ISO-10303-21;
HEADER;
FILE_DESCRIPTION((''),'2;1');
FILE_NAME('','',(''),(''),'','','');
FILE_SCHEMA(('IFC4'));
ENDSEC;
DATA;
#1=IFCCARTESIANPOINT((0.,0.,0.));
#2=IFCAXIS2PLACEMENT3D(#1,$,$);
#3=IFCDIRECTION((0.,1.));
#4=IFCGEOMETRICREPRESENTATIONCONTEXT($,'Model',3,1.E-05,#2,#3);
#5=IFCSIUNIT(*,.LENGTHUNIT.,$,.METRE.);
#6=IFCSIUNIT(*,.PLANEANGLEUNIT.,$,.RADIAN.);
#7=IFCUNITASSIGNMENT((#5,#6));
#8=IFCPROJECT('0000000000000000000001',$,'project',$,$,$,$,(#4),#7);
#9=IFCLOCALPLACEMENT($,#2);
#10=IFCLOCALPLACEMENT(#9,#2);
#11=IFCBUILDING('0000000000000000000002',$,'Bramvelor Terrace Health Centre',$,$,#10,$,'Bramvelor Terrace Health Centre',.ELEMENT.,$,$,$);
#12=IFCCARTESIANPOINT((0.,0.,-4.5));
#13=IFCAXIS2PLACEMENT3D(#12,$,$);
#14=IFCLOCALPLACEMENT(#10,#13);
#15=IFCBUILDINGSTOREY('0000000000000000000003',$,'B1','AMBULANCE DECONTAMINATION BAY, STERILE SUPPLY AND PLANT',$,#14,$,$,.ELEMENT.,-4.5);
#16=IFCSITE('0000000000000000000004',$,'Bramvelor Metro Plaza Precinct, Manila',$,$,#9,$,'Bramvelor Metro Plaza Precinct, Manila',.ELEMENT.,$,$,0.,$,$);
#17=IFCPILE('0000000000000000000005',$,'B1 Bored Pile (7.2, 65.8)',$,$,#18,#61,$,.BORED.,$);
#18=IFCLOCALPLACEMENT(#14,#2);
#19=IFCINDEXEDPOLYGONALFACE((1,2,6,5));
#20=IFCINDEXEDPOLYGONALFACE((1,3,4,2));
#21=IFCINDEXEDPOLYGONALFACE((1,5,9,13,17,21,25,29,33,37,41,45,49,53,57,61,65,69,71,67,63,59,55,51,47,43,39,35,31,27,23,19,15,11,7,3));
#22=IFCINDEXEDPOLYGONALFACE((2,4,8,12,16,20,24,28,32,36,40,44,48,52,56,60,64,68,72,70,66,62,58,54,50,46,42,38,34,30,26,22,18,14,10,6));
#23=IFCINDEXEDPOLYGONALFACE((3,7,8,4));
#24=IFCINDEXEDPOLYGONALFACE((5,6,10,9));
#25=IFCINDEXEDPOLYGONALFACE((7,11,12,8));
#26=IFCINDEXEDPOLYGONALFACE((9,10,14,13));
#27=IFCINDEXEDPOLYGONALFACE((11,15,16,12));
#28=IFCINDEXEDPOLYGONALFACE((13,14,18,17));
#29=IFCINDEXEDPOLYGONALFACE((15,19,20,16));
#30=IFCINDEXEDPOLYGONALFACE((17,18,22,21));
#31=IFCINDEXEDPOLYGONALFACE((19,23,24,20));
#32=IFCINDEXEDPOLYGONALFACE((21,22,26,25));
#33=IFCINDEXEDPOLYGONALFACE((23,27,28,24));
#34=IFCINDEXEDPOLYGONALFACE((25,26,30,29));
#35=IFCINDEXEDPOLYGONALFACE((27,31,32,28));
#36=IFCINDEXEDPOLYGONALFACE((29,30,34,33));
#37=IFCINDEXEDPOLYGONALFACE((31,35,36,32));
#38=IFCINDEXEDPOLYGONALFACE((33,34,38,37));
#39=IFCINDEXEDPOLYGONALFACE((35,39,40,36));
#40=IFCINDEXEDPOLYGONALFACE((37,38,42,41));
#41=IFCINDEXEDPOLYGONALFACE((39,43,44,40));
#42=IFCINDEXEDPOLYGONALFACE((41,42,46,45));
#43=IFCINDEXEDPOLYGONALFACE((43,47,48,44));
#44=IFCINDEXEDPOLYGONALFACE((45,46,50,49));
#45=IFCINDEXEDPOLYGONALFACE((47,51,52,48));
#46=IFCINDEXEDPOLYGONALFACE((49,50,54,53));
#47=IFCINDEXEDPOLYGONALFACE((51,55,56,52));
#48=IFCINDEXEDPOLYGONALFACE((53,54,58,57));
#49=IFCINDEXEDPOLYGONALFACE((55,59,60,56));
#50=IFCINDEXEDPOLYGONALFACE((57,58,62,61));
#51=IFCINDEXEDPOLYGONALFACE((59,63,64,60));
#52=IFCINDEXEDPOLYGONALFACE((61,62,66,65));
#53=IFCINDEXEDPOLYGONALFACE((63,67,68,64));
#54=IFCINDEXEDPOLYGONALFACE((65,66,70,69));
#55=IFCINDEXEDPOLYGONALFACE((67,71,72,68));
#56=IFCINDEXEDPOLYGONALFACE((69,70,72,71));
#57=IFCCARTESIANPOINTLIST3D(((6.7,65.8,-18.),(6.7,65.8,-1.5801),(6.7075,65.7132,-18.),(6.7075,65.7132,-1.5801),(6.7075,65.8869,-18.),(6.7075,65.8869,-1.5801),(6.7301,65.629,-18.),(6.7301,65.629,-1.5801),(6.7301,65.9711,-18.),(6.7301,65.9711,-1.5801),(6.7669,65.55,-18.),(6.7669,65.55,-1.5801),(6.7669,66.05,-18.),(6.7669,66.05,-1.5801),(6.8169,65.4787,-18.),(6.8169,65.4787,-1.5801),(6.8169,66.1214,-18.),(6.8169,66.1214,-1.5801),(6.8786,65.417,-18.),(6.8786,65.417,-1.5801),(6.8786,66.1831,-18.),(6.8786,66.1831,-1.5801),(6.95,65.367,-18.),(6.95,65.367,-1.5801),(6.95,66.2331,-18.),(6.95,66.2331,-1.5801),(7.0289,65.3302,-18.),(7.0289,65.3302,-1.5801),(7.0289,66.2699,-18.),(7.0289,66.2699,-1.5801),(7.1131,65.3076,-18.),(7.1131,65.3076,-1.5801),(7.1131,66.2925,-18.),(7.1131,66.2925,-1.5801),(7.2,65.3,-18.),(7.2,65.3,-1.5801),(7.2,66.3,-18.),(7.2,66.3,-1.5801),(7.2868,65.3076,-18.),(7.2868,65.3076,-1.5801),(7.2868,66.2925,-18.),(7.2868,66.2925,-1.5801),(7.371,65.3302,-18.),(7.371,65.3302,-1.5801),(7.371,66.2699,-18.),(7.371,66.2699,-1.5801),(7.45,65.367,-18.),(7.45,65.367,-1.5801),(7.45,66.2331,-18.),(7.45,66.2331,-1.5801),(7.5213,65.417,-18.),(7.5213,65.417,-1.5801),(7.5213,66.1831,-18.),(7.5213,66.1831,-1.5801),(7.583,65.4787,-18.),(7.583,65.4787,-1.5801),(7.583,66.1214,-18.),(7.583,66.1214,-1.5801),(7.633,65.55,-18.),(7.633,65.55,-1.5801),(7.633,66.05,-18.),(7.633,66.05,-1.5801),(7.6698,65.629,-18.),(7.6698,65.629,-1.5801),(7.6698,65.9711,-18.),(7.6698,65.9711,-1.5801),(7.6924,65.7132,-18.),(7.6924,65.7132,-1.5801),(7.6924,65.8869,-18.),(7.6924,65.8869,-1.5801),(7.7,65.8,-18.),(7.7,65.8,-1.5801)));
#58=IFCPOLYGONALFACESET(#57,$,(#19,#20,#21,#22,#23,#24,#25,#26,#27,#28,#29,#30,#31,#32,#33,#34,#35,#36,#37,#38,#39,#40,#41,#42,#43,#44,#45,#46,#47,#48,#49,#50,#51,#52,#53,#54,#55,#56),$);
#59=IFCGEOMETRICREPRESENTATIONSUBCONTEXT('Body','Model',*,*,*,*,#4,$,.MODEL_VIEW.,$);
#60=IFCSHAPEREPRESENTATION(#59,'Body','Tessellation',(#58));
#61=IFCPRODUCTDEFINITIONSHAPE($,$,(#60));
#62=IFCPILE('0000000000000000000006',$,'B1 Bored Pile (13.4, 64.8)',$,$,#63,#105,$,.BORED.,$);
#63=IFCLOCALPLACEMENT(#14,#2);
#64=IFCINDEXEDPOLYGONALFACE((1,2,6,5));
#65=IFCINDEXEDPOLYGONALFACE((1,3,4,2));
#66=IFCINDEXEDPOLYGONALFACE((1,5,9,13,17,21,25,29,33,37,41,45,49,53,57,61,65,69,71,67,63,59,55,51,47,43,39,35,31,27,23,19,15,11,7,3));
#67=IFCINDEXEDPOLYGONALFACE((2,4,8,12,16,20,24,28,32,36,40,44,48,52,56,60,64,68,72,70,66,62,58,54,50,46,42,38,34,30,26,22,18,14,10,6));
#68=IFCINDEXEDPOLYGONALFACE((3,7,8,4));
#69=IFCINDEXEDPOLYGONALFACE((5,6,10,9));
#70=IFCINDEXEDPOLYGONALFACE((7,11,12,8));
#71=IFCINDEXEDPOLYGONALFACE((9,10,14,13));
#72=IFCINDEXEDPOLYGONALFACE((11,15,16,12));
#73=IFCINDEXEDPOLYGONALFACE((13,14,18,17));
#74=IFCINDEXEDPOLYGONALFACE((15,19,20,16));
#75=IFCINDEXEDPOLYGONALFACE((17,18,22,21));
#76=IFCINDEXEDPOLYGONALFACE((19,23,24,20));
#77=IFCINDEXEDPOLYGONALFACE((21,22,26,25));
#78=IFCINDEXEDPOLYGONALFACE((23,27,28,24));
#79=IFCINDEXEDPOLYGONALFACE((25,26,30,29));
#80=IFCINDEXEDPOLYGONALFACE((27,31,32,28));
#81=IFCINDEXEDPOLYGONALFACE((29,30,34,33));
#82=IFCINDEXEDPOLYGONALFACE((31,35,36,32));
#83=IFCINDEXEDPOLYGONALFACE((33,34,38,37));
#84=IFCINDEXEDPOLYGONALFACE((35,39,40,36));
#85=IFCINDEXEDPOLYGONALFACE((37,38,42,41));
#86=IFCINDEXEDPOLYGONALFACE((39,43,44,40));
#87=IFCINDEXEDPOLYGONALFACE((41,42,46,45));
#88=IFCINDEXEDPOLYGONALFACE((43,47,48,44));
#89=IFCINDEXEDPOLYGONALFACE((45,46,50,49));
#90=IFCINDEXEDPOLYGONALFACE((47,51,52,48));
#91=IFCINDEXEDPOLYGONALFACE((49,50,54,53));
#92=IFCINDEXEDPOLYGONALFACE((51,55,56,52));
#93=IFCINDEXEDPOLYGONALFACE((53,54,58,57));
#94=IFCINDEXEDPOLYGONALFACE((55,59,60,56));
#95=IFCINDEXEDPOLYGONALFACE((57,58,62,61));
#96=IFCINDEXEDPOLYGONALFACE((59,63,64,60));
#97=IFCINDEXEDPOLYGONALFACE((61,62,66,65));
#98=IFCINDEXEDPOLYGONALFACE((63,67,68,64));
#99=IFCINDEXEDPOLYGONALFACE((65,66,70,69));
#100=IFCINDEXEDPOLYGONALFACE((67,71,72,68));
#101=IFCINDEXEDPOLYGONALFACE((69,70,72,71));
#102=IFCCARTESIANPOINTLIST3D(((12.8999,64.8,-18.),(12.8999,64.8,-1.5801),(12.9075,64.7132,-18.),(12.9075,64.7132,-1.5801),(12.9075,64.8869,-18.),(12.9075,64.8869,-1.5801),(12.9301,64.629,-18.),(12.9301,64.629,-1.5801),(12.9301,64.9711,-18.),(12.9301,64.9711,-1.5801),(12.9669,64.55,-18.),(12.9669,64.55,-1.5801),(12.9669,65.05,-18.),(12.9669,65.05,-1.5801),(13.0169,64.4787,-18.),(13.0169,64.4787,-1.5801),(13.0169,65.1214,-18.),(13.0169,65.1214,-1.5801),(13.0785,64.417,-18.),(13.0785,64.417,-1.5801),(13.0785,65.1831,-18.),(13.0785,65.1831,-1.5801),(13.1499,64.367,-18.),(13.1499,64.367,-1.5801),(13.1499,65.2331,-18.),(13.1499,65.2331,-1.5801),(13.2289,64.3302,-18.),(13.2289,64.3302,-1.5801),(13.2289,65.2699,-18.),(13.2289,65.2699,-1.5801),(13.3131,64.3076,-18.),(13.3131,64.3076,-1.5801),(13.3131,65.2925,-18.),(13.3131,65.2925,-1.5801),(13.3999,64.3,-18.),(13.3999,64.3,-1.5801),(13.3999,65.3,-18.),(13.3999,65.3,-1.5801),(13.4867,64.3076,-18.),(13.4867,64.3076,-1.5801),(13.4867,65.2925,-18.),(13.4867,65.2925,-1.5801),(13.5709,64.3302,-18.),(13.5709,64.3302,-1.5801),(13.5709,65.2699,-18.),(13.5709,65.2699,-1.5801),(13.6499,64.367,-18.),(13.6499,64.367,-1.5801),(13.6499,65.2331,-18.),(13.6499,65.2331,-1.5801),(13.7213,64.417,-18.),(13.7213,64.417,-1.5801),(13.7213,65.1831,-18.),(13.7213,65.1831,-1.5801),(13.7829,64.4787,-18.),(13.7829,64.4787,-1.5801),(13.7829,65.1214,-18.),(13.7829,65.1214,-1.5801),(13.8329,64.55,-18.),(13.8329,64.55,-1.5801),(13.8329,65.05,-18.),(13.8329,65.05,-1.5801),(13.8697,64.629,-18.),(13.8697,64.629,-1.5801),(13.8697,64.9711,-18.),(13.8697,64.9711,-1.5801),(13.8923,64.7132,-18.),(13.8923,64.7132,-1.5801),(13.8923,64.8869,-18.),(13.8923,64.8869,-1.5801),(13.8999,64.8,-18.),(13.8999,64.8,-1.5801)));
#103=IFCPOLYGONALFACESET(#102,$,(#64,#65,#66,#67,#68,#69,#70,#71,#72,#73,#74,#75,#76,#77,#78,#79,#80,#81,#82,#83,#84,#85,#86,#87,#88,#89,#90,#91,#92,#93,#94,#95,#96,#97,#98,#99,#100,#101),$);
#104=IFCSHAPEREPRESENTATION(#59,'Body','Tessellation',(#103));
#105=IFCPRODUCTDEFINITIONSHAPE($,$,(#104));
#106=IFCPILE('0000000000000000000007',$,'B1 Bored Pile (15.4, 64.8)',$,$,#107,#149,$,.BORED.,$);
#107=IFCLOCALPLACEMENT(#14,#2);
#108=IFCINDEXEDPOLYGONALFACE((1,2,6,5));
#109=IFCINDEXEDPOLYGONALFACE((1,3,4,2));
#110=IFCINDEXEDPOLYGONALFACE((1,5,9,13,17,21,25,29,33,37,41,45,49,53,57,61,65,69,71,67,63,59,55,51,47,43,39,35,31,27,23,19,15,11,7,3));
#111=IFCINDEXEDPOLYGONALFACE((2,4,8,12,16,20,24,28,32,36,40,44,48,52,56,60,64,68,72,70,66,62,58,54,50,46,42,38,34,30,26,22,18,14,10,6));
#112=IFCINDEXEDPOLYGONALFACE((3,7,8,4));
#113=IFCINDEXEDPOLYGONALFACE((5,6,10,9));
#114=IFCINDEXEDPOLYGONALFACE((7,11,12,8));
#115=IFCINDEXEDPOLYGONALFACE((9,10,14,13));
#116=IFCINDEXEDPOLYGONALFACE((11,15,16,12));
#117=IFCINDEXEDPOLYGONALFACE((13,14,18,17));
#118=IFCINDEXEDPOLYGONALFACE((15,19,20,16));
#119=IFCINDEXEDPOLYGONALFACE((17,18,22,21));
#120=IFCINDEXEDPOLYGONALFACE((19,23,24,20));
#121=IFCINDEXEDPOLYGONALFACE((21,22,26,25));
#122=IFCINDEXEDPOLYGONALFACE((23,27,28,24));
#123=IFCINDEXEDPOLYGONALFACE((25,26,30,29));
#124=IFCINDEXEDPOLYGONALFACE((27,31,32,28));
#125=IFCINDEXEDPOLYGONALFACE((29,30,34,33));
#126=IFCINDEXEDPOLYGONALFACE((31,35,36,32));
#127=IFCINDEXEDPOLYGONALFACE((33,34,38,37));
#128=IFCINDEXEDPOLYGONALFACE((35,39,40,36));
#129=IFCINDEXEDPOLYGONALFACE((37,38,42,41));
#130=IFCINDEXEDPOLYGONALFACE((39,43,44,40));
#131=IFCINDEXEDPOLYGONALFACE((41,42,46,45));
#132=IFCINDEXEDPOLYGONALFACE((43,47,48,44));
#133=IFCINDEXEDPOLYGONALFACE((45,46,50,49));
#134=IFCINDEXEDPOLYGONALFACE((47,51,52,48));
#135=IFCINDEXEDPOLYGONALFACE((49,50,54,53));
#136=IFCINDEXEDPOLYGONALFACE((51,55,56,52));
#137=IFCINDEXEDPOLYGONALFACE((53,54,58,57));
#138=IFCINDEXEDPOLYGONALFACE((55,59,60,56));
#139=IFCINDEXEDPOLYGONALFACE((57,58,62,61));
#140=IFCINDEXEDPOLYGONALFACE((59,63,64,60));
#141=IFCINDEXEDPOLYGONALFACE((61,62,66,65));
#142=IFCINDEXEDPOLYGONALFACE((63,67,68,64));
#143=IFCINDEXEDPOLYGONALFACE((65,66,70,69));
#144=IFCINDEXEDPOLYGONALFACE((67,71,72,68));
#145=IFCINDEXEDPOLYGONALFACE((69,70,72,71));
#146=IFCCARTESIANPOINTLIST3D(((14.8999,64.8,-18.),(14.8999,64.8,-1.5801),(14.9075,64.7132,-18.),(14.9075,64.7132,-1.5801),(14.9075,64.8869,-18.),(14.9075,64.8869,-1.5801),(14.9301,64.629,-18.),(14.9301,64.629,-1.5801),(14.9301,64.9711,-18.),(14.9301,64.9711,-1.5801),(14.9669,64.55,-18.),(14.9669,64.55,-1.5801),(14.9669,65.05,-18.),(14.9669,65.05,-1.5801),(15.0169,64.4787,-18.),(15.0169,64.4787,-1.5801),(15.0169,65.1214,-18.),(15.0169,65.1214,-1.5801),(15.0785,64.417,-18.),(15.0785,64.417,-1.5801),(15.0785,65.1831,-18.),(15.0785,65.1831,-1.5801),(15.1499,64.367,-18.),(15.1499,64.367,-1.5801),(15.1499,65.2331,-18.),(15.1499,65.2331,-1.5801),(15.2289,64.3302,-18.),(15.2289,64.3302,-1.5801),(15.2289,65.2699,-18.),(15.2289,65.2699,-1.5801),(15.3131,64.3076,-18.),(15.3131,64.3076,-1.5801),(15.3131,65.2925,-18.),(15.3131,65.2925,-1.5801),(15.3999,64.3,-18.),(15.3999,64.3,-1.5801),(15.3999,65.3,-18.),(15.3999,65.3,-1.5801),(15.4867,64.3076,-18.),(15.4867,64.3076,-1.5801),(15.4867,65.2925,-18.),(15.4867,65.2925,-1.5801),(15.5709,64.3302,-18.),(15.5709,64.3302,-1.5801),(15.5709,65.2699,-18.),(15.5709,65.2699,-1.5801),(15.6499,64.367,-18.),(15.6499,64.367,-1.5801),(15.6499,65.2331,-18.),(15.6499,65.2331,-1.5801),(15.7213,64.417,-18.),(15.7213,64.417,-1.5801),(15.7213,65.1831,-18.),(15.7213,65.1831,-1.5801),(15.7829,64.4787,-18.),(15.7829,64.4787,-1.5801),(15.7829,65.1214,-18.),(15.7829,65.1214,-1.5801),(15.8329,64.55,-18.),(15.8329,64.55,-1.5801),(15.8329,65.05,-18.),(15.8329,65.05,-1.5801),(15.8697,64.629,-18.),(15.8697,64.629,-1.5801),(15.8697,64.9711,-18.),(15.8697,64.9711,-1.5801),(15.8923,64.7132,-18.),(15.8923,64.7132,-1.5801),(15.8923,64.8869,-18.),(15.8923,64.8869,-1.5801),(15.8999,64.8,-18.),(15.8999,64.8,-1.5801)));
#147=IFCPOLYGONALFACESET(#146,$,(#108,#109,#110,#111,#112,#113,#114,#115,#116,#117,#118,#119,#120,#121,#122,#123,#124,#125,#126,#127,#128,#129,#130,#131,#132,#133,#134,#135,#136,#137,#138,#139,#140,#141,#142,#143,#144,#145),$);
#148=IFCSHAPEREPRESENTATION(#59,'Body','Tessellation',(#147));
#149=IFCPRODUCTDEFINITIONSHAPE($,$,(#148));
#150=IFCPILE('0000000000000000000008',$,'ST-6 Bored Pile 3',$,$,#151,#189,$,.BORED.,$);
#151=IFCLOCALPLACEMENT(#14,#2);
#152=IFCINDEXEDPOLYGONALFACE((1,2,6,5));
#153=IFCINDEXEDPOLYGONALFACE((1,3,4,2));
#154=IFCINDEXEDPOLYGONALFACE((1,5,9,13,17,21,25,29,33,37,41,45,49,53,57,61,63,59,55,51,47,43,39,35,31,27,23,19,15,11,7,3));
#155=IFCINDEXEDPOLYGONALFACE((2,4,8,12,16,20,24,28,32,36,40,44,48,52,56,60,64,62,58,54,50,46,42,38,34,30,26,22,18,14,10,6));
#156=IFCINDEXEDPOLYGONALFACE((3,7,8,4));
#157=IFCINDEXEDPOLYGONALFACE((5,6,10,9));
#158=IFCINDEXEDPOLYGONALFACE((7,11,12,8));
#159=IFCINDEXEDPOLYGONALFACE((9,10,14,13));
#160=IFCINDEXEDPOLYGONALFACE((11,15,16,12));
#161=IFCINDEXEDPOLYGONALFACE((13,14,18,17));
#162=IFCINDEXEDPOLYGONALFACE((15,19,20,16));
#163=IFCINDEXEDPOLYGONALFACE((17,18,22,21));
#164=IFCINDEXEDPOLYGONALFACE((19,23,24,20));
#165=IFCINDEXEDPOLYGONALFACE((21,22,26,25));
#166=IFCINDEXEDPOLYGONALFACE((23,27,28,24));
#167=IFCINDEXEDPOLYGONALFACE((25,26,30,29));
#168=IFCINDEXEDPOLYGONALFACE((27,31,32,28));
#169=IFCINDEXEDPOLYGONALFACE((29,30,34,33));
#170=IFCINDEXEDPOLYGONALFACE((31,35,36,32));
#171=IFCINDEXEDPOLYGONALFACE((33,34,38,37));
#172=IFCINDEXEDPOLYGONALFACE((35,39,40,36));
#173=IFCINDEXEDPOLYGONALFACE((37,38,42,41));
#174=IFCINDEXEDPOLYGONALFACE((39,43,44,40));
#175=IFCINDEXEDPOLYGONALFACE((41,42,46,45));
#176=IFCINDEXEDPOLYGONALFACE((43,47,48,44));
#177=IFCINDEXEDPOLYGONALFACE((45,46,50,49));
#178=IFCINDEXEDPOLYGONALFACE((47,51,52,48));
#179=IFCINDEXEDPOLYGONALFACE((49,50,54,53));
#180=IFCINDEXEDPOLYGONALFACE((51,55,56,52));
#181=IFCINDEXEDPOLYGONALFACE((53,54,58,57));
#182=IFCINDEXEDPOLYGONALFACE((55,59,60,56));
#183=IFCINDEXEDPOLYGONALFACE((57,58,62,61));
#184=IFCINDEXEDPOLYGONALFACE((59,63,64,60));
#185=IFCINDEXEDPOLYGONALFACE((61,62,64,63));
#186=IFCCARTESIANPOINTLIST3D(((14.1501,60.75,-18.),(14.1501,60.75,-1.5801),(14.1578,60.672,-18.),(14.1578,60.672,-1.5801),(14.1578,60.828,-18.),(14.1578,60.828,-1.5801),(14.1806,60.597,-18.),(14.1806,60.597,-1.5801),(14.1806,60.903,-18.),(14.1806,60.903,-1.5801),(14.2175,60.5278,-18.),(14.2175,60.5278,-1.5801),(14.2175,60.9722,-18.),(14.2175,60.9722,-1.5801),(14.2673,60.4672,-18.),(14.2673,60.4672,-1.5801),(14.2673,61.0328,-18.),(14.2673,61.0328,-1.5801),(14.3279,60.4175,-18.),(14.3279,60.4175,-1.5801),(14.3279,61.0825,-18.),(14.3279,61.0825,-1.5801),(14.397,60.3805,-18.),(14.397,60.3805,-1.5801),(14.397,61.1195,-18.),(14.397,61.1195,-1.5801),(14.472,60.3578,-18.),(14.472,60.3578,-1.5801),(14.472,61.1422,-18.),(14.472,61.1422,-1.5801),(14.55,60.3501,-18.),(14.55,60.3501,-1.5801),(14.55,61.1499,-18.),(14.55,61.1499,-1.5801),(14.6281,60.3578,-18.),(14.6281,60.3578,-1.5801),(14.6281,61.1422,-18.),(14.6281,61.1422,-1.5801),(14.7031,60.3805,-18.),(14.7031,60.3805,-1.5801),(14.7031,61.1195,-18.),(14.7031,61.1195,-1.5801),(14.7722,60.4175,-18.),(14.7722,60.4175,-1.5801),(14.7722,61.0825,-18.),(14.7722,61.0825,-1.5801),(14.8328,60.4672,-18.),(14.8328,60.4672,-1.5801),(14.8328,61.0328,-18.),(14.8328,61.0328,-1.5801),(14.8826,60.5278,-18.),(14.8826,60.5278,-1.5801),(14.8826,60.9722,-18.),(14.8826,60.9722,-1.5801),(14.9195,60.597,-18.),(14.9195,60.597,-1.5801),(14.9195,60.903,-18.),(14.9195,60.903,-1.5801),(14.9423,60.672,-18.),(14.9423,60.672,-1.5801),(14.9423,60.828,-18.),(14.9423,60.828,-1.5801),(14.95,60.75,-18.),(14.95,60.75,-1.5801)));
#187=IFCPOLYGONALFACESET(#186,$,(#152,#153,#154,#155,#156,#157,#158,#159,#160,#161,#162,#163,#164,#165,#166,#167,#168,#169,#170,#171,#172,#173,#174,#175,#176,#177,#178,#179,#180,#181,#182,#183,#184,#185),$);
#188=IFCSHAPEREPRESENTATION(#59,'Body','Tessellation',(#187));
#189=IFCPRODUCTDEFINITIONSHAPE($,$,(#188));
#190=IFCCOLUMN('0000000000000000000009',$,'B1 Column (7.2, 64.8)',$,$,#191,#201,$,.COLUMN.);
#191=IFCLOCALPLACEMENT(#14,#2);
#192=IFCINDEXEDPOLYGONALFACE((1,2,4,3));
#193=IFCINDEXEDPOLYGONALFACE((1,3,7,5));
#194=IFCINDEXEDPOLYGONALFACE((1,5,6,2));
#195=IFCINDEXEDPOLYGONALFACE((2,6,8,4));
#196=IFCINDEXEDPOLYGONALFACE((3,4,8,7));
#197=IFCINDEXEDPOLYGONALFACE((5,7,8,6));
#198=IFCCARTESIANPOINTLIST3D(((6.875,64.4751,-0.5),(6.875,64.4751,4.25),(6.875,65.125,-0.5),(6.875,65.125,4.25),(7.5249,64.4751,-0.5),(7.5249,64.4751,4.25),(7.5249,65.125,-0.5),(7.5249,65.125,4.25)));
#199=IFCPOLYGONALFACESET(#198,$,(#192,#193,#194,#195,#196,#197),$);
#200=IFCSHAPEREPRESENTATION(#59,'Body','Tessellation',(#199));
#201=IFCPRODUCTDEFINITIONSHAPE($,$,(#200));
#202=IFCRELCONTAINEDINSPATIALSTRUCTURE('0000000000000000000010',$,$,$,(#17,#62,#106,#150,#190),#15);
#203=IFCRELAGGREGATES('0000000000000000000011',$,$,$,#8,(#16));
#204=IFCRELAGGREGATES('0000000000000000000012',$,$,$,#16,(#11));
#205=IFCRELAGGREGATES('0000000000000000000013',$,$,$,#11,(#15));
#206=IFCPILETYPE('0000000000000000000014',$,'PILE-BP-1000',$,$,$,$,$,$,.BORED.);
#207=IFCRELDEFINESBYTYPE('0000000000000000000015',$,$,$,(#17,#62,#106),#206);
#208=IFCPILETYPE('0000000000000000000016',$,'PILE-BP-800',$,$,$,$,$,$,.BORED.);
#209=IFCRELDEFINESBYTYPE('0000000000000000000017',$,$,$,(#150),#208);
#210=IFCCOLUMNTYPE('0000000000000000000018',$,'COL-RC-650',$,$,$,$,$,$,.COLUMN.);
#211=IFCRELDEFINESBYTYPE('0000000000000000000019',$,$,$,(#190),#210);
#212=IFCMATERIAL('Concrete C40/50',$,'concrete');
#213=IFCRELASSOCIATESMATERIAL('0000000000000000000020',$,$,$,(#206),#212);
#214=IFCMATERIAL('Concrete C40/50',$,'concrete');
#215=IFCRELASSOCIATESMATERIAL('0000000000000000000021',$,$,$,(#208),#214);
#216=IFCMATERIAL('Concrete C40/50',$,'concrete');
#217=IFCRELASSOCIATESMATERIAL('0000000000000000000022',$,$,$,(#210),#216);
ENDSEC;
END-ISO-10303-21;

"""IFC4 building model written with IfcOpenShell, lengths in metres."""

from ifc_helpers import new_model, si_unit, direction, frame, origin, origin_2d, place, context, subcontext, project, spatial, rectangle, circle, extrude, material, material_profile, profile_set, type_object, element, save


model = new_model("IFC4")

# Units and contexts
model_context = context("Model", 3, precision=1e-05, world=origin(), true_north=direction((0.0, 1.0)))
body_context = subcontext(model_context, "Body", "Model", "MODEL_VIEW")
ifc_project = project(units=[si_unit("LENGTHUNIT", "METRE"), si_unit("PLANEANGLEUNIT", "RADIAN")], contexts=[model_context])

# Site, building, storey
site_placement = place(None, origin())
site = spatial("IfcSite", under=ifc_project, at=site_placement, Name="Bramvelor Metro Plaza Precinct, Manila", LongName="Bramvelor Metro Plaza Precinct, Manila", CompositionType="ELEMENT", RefElevation=0.0)
building_placement = place(site_placement, origin())
building = spatial("IfcBuilding", under=site, at=building_placement, Name="Bramvelor Terrace Health Centre", LongName="Bramvelor Terrace Health Centre", CompositionType="ELEMENT")
storey_placement = place(building_placement, frame((0.0, 0.0, -4.5)))
storey = spatial("IfcBuildingStorey", under=building, at=storey_placement, Name="B1", Description="AMBULANCE DECONTAMINATION BAY, STERILE SUPPLY AND PLANT", CompositionType="ELEMENT", Elevation=-4.5)

# Piles
ifc_material_1 = material(Name="Concrete C40/50", Category="concrete")
ifc_material_profile_1 = material_profile(ifc_material_1, circle(Radius=0.5, at=origin_2d()), Name="BP D1000")
ifc_profile_set_1 = profile_set([ifc_material_profile_1], Name="Concrete C40/50")
pile_type_1 = type_object("IfcPileType", Name="PILE-BP-1000", PredefinedType="BORED", material=ifc_profile_set_1)
for number, where, z_axis, x_axis, name in (
    (1, (7.2, 65.8, -1.5801), (0.0, 0.0, -1.0), (1.0, 0.0, 0.0), "B1 Bored Pile (7.2, 65.8)"),
    (2, (13.3999, 64.8, -1.5801), (0.0, 0.0, -1.0), (1.0, 0.0, 0.0), "B1 Bored Pile (13.4, 64.8)"),
    (3, (15.3999, 64.8, -1.5801), (0.0, 0.0, -1.0), (1.0, 0.0, 0.0), "B1 Bored Pile (15.4, 64.8)"),
):
    element("IfcPile", number, at=place(storey_placement, frame(where, z_axis=z_axis, x_axis=x_axis)), inside=storey, type_object=pile_type_1, Name=name, PredefinedType="BORED", context=body_context, shape_type="SweptSolid", body=[
        extrude(circle(Radius=0.5, at=origin_2d()), origin(), (0.0, 0.0, 1.0), 16.4199),
    ])
ifc_material_2 = material(Name="Concrete C40/50", Category="concrete")
ifc_material_profile_2 = material_profile(ifc_material_2, circle(Radius=0.3999, at=origin_2d()), Name="BP D800")
ifc_profile_set_2 = profile_set([ifc_material_profile_2], Name="Concrete C40/50")
pile_type_2 = type_object("IfcPileType", Name="PILE-BP-800", PredefinedType="BORED", material=ifc_profile_set_2)
pile_placement = place(storey_placement, frame((14.55, 60.75, -1.5801), z_axis=(0.0, 0.0, -1.0), x_axis=(1.0, 0.0, 0.0)))
element("IfcPile", 4, at=pile_placement, inside=storey, type_object=pile_type_2, Name="ST-6 Bored Pile 3", PredefinedType="BORED", context=body_context, shape_type="SweptSolid", body=[
    extrude(circle(Radius=0.3999, at=origin_2d()), origin(), (0.0, 0.0, 1.0), 16.4199),
])

# Column
ifc_material_3 = material(Name="Concrete C40/50", Category="concrete")
ifc_material_profile_3 = material_profile(ifc_material_3, rectangle(XDim=0.6499, YDim=0.6499, at=origin_2d()), Name="RC 650x650")
ifc_profile_set_3 = profile_set([ifc_material_profile_3], Name="Concrete C40/50")
column_type = type_object("IfcColumnType", Name="COL-RC-650", PredefinedType="COLUMN", material=ifc_profile_set_3)
for number, where, z_axis, x_axis, name in (
    (5, (7.2, 64.8, -0.5), (0.0, 0.0, 1.0), (1.0, 0.0, 0.0), "B1 Column (7.2, 64.8)"),
):
    element("IfcColumn", number, at=place(storey_placement, frame(where, z_axis=z_axis, x_axis=x_axis)), inside=storey, type_object=column_type, Name=name, PredefinedType="COLUMN", context=body_context, shape_type="SweptSolid", body=[
        extrude(rectangle(XDim=0.6499, YDim=0.6499, at=origin_2d()), origin(), (0.0, 0.0, 1.0), 4.75),
    ])

save(model, "model.ifc")
